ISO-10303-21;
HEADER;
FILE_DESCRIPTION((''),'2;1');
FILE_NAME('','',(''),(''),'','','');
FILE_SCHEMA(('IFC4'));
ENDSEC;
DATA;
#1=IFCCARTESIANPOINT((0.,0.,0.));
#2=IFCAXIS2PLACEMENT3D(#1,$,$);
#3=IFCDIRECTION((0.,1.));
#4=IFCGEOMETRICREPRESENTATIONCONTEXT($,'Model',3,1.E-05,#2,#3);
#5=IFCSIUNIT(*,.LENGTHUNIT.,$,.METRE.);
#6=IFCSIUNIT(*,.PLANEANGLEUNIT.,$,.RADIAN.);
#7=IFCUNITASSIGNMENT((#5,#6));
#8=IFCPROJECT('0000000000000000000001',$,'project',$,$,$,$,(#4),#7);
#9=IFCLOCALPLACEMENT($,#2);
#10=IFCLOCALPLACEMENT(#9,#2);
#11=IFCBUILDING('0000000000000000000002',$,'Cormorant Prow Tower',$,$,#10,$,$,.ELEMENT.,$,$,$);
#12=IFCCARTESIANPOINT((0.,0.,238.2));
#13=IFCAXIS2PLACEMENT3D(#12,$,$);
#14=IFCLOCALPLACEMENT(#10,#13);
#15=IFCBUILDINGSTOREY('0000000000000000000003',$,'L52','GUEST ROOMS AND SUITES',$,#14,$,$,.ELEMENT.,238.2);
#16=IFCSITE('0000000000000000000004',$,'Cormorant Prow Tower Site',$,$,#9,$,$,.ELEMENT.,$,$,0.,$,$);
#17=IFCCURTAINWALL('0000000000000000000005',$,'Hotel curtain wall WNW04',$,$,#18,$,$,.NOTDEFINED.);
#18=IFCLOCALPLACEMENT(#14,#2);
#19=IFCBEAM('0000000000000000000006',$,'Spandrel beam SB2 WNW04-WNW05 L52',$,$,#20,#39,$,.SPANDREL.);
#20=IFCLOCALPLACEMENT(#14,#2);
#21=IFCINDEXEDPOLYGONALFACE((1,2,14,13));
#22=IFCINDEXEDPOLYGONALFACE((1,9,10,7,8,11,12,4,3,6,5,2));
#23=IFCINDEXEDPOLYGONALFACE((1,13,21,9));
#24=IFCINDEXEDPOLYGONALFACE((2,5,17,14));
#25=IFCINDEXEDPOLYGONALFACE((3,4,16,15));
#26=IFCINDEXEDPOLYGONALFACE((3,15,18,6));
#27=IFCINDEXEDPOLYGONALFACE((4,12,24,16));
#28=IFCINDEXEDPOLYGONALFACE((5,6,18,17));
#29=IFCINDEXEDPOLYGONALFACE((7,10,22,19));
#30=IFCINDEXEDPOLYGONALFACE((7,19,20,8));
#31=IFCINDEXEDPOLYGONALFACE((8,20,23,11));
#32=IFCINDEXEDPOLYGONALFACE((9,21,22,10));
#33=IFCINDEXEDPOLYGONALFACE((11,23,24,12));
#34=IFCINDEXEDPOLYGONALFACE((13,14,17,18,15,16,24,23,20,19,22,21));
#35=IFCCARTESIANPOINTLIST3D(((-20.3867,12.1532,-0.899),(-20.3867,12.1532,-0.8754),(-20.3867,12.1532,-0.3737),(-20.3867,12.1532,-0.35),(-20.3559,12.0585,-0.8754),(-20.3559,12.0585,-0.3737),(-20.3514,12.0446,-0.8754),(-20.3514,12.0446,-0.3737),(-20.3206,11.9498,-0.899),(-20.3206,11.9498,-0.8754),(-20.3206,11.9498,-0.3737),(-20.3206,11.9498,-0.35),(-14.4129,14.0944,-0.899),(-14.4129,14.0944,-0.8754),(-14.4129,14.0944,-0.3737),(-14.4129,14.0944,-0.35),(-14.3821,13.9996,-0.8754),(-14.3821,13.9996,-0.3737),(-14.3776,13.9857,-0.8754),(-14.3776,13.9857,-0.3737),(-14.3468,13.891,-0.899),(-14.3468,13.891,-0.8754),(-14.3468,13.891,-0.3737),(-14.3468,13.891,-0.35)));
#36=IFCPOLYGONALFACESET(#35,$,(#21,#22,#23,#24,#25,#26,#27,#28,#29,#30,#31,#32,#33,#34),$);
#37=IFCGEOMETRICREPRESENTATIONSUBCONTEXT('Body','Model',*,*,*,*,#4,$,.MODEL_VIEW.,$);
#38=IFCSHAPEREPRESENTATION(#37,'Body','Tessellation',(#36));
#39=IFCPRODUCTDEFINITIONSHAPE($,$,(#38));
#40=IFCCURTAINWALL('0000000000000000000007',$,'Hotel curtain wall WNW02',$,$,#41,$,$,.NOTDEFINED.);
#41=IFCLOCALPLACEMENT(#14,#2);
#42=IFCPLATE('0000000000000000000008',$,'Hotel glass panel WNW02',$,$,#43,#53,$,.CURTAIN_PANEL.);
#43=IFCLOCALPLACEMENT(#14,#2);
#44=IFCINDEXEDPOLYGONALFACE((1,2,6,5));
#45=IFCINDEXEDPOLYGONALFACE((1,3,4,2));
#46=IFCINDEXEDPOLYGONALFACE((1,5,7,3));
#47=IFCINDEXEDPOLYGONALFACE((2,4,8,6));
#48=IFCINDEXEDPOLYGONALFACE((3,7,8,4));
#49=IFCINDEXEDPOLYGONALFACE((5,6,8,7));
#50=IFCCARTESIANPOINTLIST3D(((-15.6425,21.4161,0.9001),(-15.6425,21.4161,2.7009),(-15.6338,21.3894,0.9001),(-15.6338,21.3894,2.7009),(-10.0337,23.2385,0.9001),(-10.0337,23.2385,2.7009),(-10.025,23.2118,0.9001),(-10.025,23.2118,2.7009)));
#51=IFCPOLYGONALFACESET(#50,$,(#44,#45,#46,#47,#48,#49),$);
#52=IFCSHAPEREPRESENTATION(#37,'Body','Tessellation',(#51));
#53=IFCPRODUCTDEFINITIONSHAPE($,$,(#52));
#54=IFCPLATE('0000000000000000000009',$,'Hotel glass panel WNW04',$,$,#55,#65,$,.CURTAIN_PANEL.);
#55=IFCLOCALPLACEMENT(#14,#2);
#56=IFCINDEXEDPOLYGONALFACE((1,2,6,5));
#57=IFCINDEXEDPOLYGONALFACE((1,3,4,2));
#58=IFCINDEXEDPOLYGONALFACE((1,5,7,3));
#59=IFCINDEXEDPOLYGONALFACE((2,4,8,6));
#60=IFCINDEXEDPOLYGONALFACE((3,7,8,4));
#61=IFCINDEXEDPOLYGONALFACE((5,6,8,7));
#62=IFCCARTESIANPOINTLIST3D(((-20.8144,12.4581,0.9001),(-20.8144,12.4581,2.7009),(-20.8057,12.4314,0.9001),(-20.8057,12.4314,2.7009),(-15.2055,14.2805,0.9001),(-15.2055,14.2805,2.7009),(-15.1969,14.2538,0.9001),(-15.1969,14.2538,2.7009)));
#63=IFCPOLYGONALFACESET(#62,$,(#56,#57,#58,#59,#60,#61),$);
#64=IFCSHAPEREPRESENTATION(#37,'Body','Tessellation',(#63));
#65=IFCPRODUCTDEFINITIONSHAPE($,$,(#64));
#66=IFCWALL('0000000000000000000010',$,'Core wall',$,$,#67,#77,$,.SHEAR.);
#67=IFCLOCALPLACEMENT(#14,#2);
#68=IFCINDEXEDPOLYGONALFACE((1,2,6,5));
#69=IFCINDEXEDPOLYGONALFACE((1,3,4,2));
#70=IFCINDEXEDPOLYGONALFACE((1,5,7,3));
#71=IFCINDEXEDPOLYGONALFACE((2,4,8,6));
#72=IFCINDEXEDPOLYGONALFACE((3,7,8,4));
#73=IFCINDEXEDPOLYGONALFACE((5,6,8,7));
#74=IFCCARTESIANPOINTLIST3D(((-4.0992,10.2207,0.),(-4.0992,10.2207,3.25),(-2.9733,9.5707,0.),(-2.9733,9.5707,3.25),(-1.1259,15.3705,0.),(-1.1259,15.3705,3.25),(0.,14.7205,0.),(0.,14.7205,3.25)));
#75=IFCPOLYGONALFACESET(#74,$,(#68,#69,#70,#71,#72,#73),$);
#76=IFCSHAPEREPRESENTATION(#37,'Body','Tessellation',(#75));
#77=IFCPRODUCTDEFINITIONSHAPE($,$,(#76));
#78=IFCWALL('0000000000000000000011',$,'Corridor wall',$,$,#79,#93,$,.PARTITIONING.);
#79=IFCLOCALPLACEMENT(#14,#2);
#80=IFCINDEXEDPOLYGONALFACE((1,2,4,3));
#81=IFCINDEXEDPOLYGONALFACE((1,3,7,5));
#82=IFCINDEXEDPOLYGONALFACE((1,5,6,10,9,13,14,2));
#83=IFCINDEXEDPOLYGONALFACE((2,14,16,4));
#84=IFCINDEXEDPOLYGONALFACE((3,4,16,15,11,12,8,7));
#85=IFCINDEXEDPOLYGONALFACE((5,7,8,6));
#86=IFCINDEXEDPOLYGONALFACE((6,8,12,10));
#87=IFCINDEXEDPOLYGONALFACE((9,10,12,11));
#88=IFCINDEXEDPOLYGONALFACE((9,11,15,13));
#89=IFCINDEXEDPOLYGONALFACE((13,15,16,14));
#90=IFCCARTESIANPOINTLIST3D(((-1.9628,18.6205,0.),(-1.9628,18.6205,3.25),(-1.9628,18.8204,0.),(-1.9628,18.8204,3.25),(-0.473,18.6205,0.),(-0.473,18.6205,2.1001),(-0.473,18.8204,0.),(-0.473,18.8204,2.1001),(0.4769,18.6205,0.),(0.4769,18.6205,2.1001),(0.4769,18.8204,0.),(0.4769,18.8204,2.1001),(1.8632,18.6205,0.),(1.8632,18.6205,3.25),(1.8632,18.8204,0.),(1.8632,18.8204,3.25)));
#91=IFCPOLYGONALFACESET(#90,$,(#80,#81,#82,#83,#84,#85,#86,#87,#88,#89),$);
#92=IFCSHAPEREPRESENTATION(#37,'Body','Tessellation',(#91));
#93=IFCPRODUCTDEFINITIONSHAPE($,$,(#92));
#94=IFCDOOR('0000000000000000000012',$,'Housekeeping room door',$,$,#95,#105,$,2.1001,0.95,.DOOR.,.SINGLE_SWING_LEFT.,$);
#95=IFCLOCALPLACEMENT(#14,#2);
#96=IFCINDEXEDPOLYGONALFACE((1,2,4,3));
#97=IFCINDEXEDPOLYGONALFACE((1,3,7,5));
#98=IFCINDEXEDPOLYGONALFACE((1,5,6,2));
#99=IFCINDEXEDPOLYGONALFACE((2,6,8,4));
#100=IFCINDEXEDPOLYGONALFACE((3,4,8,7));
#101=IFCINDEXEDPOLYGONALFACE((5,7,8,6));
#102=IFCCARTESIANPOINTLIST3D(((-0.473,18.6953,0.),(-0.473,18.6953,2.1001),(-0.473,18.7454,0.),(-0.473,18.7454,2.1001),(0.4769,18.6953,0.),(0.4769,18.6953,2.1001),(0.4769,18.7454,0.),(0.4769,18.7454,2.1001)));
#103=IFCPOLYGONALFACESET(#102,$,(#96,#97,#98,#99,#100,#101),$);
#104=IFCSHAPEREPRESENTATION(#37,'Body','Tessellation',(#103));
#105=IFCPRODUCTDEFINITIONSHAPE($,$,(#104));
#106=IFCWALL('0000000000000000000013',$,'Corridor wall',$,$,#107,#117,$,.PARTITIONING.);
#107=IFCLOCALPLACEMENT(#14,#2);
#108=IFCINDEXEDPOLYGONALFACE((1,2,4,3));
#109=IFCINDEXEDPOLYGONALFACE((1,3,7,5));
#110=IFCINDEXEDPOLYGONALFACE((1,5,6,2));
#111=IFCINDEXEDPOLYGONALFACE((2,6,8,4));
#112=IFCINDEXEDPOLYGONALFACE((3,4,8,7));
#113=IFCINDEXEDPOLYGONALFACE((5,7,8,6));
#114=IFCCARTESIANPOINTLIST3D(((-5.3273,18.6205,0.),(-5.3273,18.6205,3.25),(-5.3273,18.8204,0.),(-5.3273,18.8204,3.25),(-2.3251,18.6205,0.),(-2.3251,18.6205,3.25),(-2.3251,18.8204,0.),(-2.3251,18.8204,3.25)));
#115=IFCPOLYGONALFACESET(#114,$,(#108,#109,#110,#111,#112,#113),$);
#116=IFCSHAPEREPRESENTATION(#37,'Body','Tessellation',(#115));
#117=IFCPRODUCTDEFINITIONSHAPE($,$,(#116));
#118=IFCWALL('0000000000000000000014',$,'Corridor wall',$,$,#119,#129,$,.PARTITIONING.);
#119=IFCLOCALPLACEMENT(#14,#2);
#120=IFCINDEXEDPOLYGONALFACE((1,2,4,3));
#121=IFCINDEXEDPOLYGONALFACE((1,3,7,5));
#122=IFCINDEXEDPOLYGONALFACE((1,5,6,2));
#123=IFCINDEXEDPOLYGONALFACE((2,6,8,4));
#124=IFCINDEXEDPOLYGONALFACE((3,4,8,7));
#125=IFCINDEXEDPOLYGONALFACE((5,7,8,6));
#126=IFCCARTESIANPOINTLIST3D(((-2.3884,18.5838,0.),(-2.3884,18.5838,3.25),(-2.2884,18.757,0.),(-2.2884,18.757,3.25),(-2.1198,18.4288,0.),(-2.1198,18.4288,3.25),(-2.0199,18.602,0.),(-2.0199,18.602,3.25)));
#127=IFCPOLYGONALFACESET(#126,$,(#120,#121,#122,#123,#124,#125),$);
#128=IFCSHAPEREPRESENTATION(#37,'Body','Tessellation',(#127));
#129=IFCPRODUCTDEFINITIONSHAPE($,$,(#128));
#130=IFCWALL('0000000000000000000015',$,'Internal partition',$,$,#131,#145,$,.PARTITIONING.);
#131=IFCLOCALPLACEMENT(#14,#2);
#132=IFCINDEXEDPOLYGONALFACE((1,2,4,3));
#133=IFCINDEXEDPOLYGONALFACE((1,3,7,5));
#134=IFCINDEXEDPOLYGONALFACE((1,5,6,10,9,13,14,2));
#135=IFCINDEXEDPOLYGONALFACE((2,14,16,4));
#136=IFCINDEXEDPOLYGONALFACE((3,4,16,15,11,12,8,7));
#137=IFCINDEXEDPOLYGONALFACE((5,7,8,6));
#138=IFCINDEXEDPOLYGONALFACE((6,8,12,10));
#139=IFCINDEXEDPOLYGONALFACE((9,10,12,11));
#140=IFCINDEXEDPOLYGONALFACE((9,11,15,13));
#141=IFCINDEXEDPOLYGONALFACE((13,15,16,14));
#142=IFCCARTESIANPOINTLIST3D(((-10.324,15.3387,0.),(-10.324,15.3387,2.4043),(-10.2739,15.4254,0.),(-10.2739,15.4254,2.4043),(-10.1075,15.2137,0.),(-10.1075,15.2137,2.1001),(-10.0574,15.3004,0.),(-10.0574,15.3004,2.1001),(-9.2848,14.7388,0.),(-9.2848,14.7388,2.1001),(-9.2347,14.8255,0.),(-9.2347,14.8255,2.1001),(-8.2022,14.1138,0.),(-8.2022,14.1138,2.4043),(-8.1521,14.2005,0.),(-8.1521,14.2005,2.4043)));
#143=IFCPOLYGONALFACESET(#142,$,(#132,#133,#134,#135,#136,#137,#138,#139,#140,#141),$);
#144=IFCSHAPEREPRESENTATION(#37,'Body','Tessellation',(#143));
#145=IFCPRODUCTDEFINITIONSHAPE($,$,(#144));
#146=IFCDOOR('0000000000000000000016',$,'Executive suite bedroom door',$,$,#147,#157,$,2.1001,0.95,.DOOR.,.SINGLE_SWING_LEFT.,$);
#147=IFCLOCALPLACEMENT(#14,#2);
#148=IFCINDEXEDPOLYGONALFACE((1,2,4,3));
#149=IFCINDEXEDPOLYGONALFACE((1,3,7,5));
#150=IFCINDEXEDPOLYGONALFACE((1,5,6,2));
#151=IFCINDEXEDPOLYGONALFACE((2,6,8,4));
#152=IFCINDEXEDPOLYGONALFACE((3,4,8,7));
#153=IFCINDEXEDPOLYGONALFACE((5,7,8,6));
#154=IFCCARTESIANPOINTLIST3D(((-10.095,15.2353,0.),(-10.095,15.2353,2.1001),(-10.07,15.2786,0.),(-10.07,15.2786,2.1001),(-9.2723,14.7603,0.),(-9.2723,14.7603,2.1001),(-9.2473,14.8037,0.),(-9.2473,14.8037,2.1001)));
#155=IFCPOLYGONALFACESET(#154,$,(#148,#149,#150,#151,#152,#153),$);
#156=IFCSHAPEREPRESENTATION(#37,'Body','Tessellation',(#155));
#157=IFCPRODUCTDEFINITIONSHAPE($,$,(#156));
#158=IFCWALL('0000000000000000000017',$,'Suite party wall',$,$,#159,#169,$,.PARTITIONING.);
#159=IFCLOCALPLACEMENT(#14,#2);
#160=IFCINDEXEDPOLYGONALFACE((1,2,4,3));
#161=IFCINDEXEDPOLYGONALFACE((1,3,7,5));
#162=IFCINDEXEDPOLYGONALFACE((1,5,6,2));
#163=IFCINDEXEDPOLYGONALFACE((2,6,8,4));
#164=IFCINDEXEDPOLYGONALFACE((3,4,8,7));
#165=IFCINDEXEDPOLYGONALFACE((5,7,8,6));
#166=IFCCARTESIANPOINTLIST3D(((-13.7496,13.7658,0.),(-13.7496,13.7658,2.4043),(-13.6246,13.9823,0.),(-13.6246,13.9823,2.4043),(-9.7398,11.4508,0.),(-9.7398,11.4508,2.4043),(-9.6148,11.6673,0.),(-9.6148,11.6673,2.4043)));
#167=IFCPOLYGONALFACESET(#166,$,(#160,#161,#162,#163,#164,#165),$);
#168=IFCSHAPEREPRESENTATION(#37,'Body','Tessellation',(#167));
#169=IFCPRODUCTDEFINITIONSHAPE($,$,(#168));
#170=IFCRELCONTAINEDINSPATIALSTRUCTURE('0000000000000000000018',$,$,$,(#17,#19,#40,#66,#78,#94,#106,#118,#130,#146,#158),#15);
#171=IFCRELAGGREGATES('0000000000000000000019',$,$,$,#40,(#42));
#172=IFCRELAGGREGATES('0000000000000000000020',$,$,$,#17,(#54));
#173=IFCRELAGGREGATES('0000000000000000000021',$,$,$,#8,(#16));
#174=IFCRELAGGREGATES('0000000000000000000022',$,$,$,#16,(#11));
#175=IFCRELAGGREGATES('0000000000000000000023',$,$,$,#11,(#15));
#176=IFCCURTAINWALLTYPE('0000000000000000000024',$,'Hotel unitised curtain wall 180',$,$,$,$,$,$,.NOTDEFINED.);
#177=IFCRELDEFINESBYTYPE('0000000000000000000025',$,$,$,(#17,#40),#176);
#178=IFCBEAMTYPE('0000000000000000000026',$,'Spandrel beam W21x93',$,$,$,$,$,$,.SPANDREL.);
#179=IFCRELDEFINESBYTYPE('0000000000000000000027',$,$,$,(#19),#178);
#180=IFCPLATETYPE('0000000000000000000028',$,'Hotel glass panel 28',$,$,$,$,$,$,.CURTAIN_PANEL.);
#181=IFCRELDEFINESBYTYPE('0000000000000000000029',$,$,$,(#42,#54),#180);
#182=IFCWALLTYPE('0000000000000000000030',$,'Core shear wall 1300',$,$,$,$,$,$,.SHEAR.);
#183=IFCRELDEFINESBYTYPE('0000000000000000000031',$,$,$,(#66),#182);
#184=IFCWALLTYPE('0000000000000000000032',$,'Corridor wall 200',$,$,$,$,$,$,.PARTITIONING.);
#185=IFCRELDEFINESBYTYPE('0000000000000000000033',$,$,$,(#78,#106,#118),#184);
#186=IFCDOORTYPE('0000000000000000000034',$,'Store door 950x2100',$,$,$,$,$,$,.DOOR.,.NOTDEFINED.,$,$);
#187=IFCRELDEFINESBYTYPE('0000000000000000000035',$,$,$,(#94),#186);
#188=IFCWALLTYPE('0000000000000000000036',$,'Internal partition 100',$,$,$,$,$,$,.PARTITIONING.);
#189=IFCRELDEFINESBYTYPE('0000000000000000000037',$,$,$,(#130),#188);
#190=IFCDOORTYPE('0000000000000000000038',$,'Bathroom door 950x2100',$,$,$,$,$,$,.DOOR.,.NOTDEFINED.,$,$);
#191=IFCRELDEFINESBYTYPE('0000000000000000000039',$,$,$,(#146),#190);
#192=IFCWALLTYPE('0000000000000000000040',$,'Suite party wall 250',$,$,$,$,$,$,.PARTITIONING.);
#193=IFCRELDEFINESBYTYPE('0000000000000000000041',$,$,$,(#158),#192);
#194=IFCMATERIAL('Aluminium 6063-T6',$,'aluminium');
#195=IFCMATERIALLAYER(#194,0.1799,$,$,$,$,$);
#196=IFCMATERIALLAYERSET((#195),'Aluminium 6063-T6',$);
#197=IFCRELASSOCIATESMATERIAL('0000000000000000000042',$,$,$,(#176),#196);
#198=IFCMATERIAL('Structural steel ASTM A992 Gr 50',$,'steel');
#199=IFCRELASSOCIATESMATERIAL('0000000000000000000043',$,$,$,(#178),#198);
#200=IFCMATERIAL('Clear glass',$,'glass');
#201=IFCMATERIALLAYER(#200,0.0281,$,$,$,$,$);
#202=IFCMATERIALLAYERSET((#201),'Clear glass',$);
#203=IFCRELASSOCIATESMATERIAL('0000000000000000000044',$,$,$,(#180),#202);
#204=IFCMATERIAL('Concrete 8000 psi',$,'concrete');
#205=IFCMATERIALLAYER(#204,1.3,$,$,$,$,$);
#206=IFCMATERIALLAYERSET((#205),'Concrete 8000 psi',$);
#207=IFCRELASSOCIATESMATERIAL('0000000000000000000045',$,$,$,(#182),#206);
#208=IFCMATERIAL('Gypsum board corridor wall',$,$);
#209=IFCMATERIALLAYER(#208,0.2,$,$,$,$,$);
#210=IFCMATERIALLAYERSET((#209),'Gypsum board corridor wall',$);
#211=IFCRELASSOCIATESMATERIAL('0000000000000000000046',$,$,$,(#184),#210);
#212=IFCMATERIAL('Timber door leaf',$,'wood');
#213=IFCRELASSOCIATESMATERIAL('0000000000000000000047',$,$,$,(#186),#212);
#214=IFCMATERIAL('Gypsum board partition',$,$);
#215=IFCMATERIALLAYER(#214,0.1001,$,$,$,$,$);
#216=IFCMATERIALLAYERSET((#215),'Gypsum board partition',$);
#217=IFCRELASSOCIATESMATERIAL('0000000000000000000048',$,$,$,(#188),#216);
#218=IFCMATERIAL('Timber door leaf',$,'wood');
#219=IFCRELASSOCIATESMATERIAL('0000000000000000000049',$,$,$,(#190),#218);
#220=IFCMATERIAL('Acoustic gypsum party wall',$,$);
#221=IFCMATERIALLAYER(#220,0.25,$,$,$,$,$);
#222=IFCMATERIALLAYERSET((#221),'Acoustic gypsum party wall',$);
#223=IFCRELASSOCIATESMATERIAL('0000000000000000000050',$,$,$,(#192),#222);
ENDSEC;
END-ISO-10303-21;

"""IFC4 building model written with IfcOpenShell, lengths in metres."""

from ifc_helpers import new_model, si_unit, direction, frame, frame_2d, origin, origin_2d, place, context, subcontext, project, spatial, rectangle, i_section, extrude, material, layer, layer_set, material_profile, profile_set, type_object, element, fill, aggregate, save


model = new_model("IFC4")

# Units and contexts
model_context = context("Model", 3, precision=1e-05, world=origin(), true_north=direction((0.0, 1.0)))
body_context = subcontext(model_context, "Body", "Model", "MODEL_VIEW")
ifc_project = project(units=[si_unit("LENGTHUNIT", "METRE"), si_unit("PLANEANGLEUNIT", "RADIAN")], contexts=[model_context])

# Site, building, storey
site_placement = place(None, origin())
site = spatial("IfcSite", under=ifc_project, at=site_placement, Name="Cormorant Prow Tower Site", CompositionType="ELEMENT", RefElevation=0.0)
building_placement = place(site_placement, origin())
building = spatial("IfcBuilding", under=site, at=building_placement, Name="Cormorant Prow Tower", CompositionType="ELEMENT")
storey_placement = place(building_placement, frame((0.0, 0.0, 238.2)))
storey = spatial("IfcBuildingStorey", under=building, at=storey_placement, Name="L52", Description="GUEST ROOMS AND SUITES", CompositionType="ELEMENT", Elevation=238.2)

# Curtain wall
ifc_material_1 = material(Name="Aluminium 6063-T6", Category="aluminium")
ifc_layer_1 = layer(ifc_material_1, 0.1799)
ifc_layer_set_1 = layer_set([ifc_layer_1], Name="Aluminium 6063-T6")
curtain_wall_type = type_object("IfcCurtainWallType", Name="Hotel unitised curtain wall 180", PredefinedType="NOTDEFINED", material=ifc_layer_set_1)
curtain_wall_1_placement = place(storey_placement, origin())
curtain_wall_1 = element("IfcCurtainWall", 1, at=curtain_wall_1_placement, inside=storey, type_object=curtain_wall_type, Name="Hotel curtain wall WNW04", PredefinedType="NOTDEFINED")

# Beam
ifc_material_2 = material(Name="Structural steel ASTM A992 Gr 50", Category="steel")
ifc_material_profile_1 = material_profile(ifc_material_2, i_section(OverallWidth=0.2139, OverallDepth=0.5491, WebThickness=0.0146, FlangeThickness=0.0237, at=origin_2d()), Name="W21x93")
ifc_profile_set_1 = profile_set([ifc_material_profile_1], Name="Structural steel ASTM A992 Gr 50")
beam_type_1 = type_object("IfcBeamType", Name="Spandrel beam W21x93", PredefinedType="SPANDREL", material=ifc_profile_set_1)
beam_1_placement = place(storey_placement, frame((-14.3799, 13.9927, -0.6245), z_axis=(-0.95105, -0.309036, 0.0), x_axis=(0.309036, -0.95105, 0.0)))
element("IfcBeam", 2, at=beam_1_placement, inside=storey, type_object=beam_type_1, Name="Spandrel beam SB2 WNW04-WNW05 L52", PredefinedType="SPANDREL", context=body_context, shape_type="SweptSolid", body=[
    extrude(i_section(OverallWidth=0.2139, OverallDepth=0.5491, WebThickness=0.0146, FlangeThickness=0.0237, at=origin_2d()), origin(), (0.0, 0.0, 1.0), 6.2812),
])

# Curtain wall, plate
curtain_wall_2_placement = place(storey_placement, origin())
curtain_wall_2 = element("IfcCurtainWall", 3, at=curtain_wall_2_placement, inside=storey, type_object=curtain_wall_type, Name="Hotel curtain wall WNW02", PredefinedType="NOTDEFINED")
ifc_material_3 = material(Name="Clear glass", Category="glass")
ifc_layer_2 = layer(ifc_material_3, 0.0281)
ifc_layer_set_2 = layer_set([ifc_layer_2], Name="Clear glass")
plate_type = type_object("IfcPlateType", Name="Hotel glass panel 28", PredefinedType="CURTAIN_PANEL", material=ifc_layer_set_2)
plate_1_placement = place(storey_placement, frame((-12.8337, 22.314, 0.9001), z_axis=(0.0, 0.0, 1.0), x_axis=(-0.951057, -0.309017, 0.0)))
plate_1 = element("IfcPlate", 4, at=plate_1_placement, type_object=plate_type, Name="Hotel glass panel WNW02", PredefinedType="CURTAIN_PANEL", context=body_context, shape_type="SweptSolid", body=[
    extrude(rectangle(XDim=5.8975, YDim=0.0281, at=origin_2d()), origin(), (0.0, 0.0, 1.0), 1.8008),
])
aggregate(curtain_wall_2, [plate_1])

# Plate
plate_2_placement = place(storey_placement, frame((-18.0056, 13.356, 0.9001), z_axis=(0.0, 0.0, 1.0), x_axis=(-0.951057, -0.309017, 0.0)))
plate_2 = element("IfcPlate", 5, at=plate_2_placement, type_object=plate_type, Name="Hotel glass panel WNW04", PredefinedType="CURTAIN_PANEL", context=body_context, shape_type="SweptSolid", body=[
    extrude(rectangle(XDim=5.8975, YDim=0.0281, at=origin_2d()), origin(), (0.0, 0.0, 1.0), 1.8008),
])
aggregate(curtain_wall_1, [plate_2])

# Wall
ifc_material_4 = material(Name="Concrete 8000 psi", Category="concrete")
ifc_layer_3 = layer(ifc_material_4, 1.3)
ifc_layer_set_3 = layer_set([ifc_layer_3], Name="Concrete 8000 psi")
wall_type_1 = type_object("IfcWallType", Name="Core shear wall 1300", PredefinedType="SHEAR", material=ifc_layer_set_3)
wall_1_placement = place(storey_placement, frame((-0.563, 15.0454, 0.0), z_axis=(0.0, 0.0, 1.0), x_axis=(-0.500011, -0.866019, 0.0)))
element("IfcWall", 6, at=wall_1_placement, inside=storey, type_object=wall_type_1, Name="Core wall", PredefinedType="SHEAR", context=body_context, shape_type="SweptSolid", body=[
    extrude(rectangle(XDim=5.9465, YDim=1.3, at=frame_2d((2.9731, 0.0))), origin(), (0.0, 0.0, 1.0), 3.25),
])

# Wall, opening, door
ifc_material_5 = material(Name="Gypsum board corridor wall")
ifc_layer_4 = layer(ifc_material_5, 0.2)
ifc_layer_set_4 = layer_set([ifc_layer_4], Name="Gypsum board corridor wall")
wall_type_2 = type_object("IfcWallType", Name="Corridor wall 200", PredefinedType="PARTITIONING", material=ifc_layer_set_4)
wall_2_placement = place(storey_placement, frame((-1.9629, 18.7205, 0.0), z_axis=(0.0, 0.0, 1.0), x_axis=(1.0, 0.0, 0.0)))
wall_2 = element("IfcWall", 7, at=wall_2_placement, inside=storey, type_object=wall_type_2, Name="Corridor wall", PredefinedType="PARTITIONING", context=body_context, shape_type="SweptSolid", body=[
    extrude(rectangle(XDim=3.8259, YDim=0.2, at=frame_2d((1.9131, 0.0))), origin(), (0.0, 0.0, 1.0), 3.25),
])
opening_1_placement = place(wall_2_placement, frame((1.4897, 0.0, 0.0)))
opening_1 = element("IfcOpeningElement", 8, at=opening_1_placement, cuts=wall_2, PredefinedType="OPENING", context=body_context, shape_type="SweptSolid", body=[
    extrude(rectangle(XDim=0.95, YDim=2.1001, at=frame_2d((0.4751, 1.05))), frame((0.0, 0.1099, 0.0), z_axis=(0.0, -1.0, 0.0), x_axis=(1.0, 0.0, 0.0)), (0.0, 0.0, 1.0), 0.22),
])
ifc_material_6 = material(Name="Timber door leaf", Category="wood")
door_type_1 = type_object("IfcDoorType", Name="Store door 950x2100", OperationType="NOTDEFINED", PredefinedType="DOOR", material=ifc_material_6)
door_1_placement = place(opening_1_placement, origin())
door_1 = element("IfcDoor", 9, at=door_1_placement, inside=storey, type_object=door_type_1, Name="Housekeeping room door", OperationType="SINGLE_SWING_LEFT", OverallHeight=2.1001, OverallWidth=0.95, PredefinedType="DOOR", context=body_context, shape_type="SweptSolid", body=[
    extrude(rectangle(XDim=0.95, YDim=2.1001, at=frame_2d((0.4751, 1.05))), frame((0.0, 0.0249, 0.0), z_axis=(0.0, -1.0, 0.0), x_axis=(1.0, 0.0, 0.0)), (0.0, 0.0, 1.0), 0.05),
])
fill(opening_1, door_1)

# Walls
wall_3_placement = place(storey_placement, frame((-5.3271, 18.7205, 0.0), z_axis=(0.0, 0.0, 1.0), x_axis=(1.0, 0.0, 0.0)))
element("IfcWall", 10, at=wall_3_placement, inside=storey, type_object=wall_type_2, Name="Corridor wall", PredefinedType="PARTITIONING", context=body_context, shape_type="SweptSolid", body=[
    extrude(rectangle(XDim=3.0022, YDim=0.2, at=frame_2d((1.501, 0.0))), origin(), (0.0, 0.0, 1.0), 3.25),
])
wall_4_placement = place(storey_placement, frame((-2.3384, 18.6704, 0.0), z_axis=(0.0, 0.0, 1.0), x_axis=(0.866054, -0.49995, 0.0)))
element("IfcWall", 11, at=wall_4_placement, inside=storey, type_object=wall_type_2, Name="Corridor wall", PredefinedType="PARTITIONING", context=body_context, shape_type="SweptSolid", body=[
    extrude(rectangle(XDim=0.3101, YDim=0.2, at=frame_2d((0.155, 0.0))), origin(), (0.0, 0.0, 1.0), 3.25),
])

# Wall, opening, door
ifc_material_7 = material(Name="Gypsum board partition")
ifc_layer_5 = layer(ifc_material_7, 0.1001)
ifc_layer_set_5 = layer_set([ifc_layer_5], Name="Gypsum board partition")
wall_type_3 = type_object("IfcWallType", Name="Internal partition 100", PredefinedType="PARTITIONING", material=ifc_layer_set_5)
wall_5_placement = place(storey_placement, frame((-10.2991, 15.3821, 0.0), z_axis=(0.0, 0.0, 1.0), x_axis=(0.866058, -0.499944, 0.0)))
wall_5 = element("IfcWall", 12, at=wall_5_placement, inside=storey, type_object=wall_type_3, Name="Internal partition", PredefinedType="PARTITIONING", context=body_context, shape_type="SweptSolid", body=[
    extrude(rectangle(XDim=2.45, YDim=0.1001, at=frame_2d((1.2251, 0.0))), origin(), (0.0, 0.0, 1.0), 2.4043),
])
opening_2_placement = place(wall_5_placement, frame((0.25, 0.0, 0.0)))
opening_2 = element("IfcOpeningElement", 13, at=opening_2_placement, cuts=wall_5, PredefinedType="OPENING", context=body_context, shape_type="SweptSolid", body=[
    extrude(rectangle(XDim=0.95, YDim=2.1001, at=frame_2d((0.4751, 1.05))), frame((0.0, 0.0601, 0.0), z_axis=(0.0, -1.0, 0.0), x_axis=(1.0, 0.0, 0.0)), (0.0, 0.0, 1.0), 0.1201),
])
ifc_material_8 = material(Name="Timber door leaf", Category="wood")
door_type_2 = type_object("IfcDoorType", Name="Bathroom door 950x2100", OperationType="NOTDEFINED", PredefinedType="DOOR", material=ifc_material_8)
door_2_placement = place(opening_2_placement, origin())
door_2 = element("IfcDoor", 14, at=door_2_placement, inside=storey, type_object=door_type_2, Name="Executive suite bedroom door", OperationType="SINGLE_SWING_LEFT", OverallHeight=2.1001, OverallWidth=0.95, PredefinedType="DOOR", context=body_context, shape_type="SweptSolid", body=[
    extrude(rectangle(XDim=0.95, YDim=2.1001, at=frame_2d((0.4751, 1.05))), frame((0.0, 0.0249, 0.0), z_axis=(0.0, -1.0, 0.0), x_axis=(1.0, 0.0, 0.0)), (0.0, 0.0, 1.0), 0.05),
])
fill(opening_2, door_2)

# Wall
ifc_material_9 = material(Name="Acoustic gypsum party wall")
ifc_layer_6 = layer(ifc_material_9, 0.25)
ifc_layer_set_6 = layer_set([ifc_layer_6], Name="Acoustic gypsum party wall")
wall_type_4 = type_object("IfcWallType", Name="Suite party wall 250", PredefinedType="PARTITIONING", material=ifc_layer_set_6)
wall_6_placement = place(storey_placement, frame((-13.687, 13.874, 0.0), z_axis=(0.0, 0.0, 1.0), x_axis=(0.866035, -0.499984, 0.0)))
element("IfcWall", 15, at=wall_6_placement, inside=storey, type_object=wall_type_4, Name="Suite party wall", PredefinedType="PARTITIONING", context=body_context, shape_type="SweptSolid", body=[
    extrude(rectangle(XDim=4.6301, YDim=0.25, at=frame_2d((2.3149, 0.0))), origin(), (0.0, 0.0, 1.0), 2.4043),
])

save(model, "model.ifc")
